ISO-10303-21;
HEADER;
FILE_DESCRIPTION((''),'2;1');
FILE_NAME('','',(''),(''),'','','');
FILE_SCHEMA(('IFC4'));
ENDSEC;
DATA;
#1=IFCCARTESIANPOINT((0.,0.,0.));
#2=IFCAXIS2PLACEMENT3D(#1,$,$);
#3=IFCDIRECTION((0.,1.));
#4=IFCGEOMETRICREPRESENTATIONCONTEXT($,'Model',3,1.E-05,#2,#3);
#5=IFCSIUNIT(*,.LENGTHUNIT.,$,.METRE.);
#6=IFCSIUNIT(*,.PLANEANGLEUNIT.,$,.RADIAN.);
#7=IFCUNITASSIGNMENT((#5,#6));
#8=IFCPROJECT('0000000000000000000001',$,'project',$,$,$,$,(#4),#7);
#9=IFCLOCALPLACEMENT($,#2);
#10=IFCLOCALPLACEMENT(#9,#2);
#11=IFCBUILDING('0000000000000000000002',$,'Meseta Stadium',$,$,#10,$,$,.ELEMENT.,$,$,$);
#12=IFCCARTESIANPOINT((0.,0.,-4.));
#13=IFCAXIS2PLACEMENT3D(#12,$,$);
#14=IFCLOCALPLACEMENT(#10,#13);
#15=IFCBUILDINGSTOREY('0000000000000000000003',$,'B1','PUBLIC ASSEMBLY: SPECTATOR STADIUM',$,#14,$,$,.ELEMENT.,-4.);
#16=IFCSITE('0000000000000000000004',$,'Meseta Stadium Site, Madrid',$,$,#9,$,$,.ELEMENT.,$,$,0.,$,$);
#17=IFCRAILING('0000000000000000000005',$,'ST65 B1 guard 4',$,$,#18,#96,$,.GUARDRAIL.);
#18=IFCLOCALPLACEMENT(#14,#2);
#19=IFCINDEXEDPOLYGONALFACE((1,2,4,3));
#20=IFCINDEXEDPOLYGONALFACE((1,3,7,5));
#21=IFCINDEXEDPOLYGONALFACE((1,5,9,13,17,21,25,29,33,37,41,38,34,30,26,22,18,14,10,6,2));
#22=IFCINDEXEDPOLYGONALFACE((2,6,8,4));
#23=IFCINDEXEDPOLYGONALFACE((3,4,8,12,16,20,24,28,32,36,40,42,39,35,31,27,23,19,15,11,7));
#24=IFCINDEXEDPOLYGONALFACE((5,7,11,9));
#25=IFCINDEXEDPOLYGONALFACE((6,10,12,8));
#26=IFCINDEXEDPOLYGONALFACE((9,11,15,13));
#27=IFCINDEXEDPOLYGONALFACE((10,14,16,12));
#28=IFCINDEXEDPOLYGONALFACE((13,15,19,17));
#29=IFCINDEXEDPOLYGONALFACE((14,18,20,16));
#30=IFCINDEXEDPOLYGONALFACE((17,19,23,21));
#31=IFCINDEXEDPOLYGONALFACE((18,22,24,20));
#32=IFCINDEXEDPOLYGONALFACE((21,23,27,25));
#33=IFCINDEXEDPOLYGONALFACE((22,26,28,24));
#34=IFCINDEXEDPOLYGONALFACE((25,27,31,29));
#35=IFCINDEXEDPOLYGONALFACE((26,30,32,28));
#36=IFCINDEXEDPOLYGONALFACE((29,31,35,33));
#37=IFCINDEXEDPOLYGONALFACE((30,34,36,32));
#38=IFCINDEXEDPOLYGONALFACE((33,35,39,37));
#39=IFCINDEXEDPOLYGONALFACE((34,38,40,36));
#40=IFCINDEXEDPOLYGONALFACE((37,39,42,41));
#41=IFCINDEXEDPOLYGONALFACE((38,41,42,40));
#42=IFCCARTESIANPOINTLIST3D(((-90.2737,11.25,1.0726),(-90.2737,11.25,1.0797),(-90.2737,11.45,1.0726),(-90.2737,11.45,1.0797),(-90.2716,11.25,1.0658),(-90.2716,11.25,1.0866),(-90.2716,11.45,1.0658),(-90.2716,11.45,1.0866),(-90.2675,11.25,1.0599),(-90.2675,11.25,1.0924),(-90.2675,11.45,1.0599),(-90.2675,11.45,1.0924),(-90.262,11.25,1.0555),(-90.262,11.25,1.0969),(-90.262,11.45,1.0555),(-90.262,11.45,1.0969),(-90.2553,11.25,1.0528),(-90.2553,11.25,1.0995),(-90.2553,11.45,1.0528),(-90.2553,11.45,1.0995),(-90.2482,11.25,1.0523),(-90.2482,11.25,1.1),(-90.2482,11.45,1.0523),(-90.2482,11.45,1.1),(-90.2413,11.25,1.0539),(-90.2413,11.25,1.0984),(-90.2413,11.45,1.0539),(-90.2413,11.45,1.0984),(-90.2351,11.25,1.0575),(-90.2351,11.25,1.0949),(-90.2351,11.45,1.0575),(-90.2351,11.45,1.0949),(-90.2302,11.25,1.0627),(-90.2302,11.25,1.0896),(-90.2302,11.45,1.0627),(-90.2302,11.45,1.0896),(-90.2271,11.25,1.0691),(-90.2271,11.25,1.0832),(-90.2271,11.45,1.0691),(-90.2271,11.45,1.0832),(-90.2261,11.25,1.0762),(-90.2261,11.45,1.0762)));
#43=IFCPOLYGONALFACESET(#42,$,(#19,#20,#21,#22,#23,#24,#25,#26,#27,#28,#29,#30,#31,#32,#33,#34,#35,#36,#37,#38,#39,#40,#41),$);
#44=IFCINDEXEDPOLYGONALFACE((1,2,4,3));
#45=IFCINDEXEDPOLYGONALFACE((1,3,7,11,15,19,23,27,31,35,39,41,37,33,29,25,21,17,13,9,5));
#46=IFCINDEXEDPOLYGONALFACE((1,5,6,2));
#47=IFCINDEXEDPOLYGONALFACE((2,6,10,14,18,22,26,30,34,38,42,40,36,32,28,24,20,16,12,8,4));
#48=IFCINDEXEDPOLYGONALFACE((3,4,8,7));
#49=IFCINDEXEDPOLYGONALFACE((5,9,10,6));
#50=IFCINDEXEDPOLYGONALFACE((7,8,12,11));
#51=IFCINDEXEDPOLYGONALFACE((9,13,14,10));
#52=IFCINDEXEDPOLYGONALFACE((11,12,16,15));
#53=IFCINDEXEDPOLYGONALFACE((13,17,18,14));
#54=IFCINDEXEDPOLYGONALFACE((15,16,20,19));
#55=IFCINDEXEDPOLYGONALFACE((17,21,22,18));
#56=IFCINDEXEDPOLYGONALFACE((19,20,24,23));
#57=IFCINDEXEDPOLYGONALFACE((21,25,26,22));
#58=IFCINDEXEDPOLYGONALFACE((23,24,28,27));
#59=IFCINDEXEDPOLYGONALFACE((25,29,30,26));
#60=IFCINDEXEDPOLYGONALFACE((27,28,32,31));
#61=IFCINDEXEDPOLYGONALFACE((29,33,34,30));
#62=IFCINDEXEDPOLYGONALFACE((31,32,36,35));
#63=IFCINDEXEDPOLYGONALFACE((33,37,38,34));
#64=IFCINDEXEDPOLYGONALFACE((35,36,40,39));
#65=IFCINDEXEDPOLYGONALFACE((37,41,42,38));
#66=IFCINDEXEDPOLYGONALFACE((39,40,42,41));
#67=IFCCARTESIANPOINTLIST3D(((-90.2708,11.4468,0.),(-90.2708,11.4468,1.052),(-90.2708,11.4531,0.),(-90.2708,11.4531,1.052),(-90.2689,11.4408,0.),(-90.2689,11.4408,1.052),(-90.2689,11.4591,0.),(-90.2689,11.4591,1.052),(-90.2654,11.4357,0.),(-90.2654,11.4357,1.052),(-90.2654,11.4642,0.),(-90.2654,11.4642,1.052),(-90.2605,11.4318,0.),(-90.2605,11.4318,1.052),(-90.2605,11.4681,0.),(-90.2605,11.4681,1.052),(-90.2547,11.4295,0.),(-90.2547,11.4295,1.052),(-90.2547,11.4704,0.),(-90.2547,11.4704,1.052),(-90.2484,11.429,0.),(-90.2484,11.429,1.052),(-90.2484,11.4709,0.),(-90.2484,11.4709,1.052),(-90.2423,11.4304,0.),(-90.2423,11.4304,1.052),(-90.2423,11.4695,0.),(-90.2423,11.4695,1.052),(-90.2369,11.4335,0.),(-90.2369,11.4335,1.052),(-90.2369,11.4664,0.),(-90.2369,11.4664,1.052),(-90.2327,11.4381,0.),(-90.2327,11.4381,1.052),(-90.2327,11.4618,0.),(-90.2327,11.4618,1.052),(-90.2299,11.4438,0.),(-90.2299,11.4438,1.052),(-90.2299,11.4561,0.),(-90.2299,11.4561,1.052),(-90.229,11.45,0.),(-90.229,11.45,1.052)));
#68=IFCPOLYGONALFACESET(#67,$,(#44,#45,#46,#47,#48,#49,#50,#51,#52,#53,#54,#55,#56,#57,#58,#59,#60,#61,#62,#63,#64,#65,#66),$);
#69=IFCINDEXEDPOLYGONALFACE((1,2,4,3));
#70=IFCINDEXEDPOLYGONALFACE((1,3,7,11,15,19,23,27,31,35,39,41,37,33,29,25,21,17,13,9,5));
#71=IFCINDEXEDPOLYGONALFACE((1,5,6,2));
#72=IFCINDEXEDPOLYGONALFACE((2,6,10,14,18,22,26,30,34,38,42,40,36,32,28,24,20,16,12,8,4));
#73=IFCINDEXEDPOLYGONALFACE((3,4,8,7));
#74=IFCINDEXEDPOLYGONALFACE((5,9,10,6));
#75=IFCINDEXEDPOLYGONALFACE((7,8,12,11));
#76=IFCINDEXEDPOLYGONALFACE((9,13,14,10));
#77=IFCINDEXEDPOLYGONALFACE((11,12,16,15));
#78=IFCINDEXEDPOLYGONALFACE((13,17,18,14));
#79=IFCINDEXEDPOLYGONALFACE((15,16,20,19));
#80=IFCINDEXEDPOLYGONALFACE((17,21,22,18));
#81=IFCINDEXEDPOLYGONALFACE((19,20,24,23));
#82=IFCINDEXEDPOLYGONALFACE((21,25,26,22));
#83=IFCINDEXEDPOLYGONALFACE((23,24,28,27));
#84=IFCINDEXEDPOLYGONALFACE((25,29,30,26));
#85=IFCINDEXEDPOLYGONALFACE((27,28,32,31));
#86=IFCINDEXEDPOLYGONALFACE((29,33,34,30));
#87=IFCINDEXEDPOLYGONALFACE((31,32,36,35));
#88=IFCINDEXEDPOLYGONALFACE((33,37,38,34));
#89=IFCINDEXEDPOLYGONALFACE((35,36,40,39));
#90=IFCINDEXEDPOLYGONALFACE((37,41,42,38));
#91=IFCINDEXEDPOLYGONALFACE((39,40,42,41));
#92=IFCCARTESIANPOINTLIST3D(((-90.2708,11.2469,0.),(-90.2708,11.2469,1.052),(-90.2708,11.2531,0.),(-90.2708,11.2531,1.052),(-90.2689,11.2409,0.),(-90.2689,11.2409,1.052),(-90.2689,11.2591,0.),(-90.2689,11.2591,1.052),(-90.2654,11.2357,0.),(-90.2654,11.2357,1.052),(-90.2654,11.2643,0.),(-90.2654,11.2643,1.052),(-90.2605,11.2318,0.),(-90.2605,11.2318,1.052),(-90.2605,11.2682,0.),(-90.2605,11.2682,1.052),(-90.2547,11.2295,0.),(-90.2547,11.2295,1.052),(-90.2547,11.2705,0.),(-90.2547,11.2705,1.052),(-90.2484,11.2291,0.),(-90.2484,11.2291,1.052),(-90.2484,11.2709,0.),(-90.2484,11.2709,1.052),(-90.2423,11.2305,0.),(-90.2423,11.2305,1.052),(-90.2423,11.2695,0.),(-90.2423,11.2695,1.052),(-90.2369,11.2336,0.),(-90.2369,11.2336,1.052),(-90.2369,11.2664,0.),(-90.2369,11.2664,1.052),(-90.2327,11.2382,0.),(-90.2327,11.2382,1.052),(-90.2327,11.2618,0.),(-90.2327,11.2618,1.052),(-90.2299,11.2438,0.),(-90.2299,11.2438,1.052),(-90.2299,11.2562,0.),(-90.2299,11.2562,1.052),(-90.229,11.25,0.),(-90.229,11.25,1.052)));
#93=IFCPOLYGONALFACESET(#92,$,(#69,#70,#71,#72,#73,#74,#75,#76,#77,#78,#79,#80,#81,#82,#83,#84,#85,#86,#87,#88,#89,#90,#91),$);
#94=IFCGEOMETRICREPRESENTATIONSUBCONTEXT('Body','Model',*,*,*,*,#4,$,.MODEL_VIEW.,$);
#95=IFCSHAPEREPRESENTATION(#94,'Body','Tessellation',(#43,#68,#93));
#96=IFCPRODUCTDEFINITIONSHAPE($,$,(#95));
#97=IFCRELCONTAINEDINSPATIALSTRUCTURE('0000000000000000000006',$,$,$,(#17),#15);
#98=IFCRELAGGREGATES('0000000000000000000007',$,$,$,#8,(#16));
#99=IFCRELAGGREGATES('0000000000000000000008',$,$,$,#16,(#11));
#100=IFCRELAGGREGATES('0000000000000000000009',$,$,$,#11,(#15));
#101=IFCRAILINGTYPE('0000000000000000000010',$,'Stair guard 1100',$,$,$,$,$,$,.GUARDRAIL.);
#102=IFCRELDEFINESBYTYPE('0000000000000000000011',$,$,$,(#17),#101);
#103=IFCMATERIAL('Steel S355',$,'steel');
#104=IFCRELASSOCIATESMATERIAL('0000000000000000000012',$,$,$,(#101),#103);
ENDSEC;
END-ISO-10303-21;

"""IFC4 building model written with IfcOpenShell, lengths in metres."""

from ifc_helpers import new_model, si_unit, direction, frame, origin, origin_2d, place, context, subcontext, project, spatial, circle, extrude, material, type_object, element, save


model = new_model("IFC4")

# Units and contexts
model_context = context("Model", 3, precision=1e-05, world=origin(), true_north=direction((0.0, 1.0)))
body_context = subcontext(model_context, "Body", "Model", "MODEL_VIEW")
ifc_project = project(units=[si_unit("LENGTHUNIT", "METRE"), si_unit("PLANEANGLEUNIT", "RADIAN")], contexts=[model_context])

# Site, building, storey
site_placement = place(None, origin())
site = spatial("IfcSite", under=ifc_project, at=site_placement, Name="Meseta Stadium Site, Madrid", CompositionType="ELEMENT", RefElevation=0.0)
building_placement = place(site_placement, origin())
building = spatial("IfcBuilding", under=site, at=building_placement, Name="Meseta Stadium", CompositionType="ELEMENT")
storey_placement = place(building_placement, frame((0.0, 0.0, -4.0)))
storey = spatial("IfcBuildingStorey", under=building, at=storey_placement, Name="B1", Description="PUBLIC ASSEMBLY: SPECTATOR STADIUM", CompositionType="ELEMENT", Elevation=-4.0)

# Railing
ifc_material_1 = material(Name="Steel S355", Category="steel")
railing_type_1 = type_object("IfcRailingType", Name="Stair guard 1100", PredefinedType="GUARDRAIL", material=ifc_material_1)
railing_1_placement = place(storey_placement, frame((-90.25, 11.45, 0.0)))
element("IfcRailing", 1, at=railing_1_placement, inside=storey, type_object=railing_type_1, Name="ST65 B1 guard 4", PredefinedType="GUARDRAIL", context=body_context, shape_type="SweptSolid", body=[
    extrude(circle(Radius=0.0239, at=origin_2d()), frame((0.0, 0.0, 1.0762), z_axis=(0.0, -1.0, 0.0), x_axis=(1.0, 0.0, 0.0)), (0.0, 0.0, 1.0), 0.2),
    extrude(circle(Radius=0.021, at=origin_2d()), origin(), (0.0, 0.0, 1.0), 1.052),
    extrude(circle(Radius=0.021, at=origin_2d()), frame((0.0, -0.2, 0.0)), (0.0, 0.0, 1.0), 1.052),
])

save(model, "model.ifc")
